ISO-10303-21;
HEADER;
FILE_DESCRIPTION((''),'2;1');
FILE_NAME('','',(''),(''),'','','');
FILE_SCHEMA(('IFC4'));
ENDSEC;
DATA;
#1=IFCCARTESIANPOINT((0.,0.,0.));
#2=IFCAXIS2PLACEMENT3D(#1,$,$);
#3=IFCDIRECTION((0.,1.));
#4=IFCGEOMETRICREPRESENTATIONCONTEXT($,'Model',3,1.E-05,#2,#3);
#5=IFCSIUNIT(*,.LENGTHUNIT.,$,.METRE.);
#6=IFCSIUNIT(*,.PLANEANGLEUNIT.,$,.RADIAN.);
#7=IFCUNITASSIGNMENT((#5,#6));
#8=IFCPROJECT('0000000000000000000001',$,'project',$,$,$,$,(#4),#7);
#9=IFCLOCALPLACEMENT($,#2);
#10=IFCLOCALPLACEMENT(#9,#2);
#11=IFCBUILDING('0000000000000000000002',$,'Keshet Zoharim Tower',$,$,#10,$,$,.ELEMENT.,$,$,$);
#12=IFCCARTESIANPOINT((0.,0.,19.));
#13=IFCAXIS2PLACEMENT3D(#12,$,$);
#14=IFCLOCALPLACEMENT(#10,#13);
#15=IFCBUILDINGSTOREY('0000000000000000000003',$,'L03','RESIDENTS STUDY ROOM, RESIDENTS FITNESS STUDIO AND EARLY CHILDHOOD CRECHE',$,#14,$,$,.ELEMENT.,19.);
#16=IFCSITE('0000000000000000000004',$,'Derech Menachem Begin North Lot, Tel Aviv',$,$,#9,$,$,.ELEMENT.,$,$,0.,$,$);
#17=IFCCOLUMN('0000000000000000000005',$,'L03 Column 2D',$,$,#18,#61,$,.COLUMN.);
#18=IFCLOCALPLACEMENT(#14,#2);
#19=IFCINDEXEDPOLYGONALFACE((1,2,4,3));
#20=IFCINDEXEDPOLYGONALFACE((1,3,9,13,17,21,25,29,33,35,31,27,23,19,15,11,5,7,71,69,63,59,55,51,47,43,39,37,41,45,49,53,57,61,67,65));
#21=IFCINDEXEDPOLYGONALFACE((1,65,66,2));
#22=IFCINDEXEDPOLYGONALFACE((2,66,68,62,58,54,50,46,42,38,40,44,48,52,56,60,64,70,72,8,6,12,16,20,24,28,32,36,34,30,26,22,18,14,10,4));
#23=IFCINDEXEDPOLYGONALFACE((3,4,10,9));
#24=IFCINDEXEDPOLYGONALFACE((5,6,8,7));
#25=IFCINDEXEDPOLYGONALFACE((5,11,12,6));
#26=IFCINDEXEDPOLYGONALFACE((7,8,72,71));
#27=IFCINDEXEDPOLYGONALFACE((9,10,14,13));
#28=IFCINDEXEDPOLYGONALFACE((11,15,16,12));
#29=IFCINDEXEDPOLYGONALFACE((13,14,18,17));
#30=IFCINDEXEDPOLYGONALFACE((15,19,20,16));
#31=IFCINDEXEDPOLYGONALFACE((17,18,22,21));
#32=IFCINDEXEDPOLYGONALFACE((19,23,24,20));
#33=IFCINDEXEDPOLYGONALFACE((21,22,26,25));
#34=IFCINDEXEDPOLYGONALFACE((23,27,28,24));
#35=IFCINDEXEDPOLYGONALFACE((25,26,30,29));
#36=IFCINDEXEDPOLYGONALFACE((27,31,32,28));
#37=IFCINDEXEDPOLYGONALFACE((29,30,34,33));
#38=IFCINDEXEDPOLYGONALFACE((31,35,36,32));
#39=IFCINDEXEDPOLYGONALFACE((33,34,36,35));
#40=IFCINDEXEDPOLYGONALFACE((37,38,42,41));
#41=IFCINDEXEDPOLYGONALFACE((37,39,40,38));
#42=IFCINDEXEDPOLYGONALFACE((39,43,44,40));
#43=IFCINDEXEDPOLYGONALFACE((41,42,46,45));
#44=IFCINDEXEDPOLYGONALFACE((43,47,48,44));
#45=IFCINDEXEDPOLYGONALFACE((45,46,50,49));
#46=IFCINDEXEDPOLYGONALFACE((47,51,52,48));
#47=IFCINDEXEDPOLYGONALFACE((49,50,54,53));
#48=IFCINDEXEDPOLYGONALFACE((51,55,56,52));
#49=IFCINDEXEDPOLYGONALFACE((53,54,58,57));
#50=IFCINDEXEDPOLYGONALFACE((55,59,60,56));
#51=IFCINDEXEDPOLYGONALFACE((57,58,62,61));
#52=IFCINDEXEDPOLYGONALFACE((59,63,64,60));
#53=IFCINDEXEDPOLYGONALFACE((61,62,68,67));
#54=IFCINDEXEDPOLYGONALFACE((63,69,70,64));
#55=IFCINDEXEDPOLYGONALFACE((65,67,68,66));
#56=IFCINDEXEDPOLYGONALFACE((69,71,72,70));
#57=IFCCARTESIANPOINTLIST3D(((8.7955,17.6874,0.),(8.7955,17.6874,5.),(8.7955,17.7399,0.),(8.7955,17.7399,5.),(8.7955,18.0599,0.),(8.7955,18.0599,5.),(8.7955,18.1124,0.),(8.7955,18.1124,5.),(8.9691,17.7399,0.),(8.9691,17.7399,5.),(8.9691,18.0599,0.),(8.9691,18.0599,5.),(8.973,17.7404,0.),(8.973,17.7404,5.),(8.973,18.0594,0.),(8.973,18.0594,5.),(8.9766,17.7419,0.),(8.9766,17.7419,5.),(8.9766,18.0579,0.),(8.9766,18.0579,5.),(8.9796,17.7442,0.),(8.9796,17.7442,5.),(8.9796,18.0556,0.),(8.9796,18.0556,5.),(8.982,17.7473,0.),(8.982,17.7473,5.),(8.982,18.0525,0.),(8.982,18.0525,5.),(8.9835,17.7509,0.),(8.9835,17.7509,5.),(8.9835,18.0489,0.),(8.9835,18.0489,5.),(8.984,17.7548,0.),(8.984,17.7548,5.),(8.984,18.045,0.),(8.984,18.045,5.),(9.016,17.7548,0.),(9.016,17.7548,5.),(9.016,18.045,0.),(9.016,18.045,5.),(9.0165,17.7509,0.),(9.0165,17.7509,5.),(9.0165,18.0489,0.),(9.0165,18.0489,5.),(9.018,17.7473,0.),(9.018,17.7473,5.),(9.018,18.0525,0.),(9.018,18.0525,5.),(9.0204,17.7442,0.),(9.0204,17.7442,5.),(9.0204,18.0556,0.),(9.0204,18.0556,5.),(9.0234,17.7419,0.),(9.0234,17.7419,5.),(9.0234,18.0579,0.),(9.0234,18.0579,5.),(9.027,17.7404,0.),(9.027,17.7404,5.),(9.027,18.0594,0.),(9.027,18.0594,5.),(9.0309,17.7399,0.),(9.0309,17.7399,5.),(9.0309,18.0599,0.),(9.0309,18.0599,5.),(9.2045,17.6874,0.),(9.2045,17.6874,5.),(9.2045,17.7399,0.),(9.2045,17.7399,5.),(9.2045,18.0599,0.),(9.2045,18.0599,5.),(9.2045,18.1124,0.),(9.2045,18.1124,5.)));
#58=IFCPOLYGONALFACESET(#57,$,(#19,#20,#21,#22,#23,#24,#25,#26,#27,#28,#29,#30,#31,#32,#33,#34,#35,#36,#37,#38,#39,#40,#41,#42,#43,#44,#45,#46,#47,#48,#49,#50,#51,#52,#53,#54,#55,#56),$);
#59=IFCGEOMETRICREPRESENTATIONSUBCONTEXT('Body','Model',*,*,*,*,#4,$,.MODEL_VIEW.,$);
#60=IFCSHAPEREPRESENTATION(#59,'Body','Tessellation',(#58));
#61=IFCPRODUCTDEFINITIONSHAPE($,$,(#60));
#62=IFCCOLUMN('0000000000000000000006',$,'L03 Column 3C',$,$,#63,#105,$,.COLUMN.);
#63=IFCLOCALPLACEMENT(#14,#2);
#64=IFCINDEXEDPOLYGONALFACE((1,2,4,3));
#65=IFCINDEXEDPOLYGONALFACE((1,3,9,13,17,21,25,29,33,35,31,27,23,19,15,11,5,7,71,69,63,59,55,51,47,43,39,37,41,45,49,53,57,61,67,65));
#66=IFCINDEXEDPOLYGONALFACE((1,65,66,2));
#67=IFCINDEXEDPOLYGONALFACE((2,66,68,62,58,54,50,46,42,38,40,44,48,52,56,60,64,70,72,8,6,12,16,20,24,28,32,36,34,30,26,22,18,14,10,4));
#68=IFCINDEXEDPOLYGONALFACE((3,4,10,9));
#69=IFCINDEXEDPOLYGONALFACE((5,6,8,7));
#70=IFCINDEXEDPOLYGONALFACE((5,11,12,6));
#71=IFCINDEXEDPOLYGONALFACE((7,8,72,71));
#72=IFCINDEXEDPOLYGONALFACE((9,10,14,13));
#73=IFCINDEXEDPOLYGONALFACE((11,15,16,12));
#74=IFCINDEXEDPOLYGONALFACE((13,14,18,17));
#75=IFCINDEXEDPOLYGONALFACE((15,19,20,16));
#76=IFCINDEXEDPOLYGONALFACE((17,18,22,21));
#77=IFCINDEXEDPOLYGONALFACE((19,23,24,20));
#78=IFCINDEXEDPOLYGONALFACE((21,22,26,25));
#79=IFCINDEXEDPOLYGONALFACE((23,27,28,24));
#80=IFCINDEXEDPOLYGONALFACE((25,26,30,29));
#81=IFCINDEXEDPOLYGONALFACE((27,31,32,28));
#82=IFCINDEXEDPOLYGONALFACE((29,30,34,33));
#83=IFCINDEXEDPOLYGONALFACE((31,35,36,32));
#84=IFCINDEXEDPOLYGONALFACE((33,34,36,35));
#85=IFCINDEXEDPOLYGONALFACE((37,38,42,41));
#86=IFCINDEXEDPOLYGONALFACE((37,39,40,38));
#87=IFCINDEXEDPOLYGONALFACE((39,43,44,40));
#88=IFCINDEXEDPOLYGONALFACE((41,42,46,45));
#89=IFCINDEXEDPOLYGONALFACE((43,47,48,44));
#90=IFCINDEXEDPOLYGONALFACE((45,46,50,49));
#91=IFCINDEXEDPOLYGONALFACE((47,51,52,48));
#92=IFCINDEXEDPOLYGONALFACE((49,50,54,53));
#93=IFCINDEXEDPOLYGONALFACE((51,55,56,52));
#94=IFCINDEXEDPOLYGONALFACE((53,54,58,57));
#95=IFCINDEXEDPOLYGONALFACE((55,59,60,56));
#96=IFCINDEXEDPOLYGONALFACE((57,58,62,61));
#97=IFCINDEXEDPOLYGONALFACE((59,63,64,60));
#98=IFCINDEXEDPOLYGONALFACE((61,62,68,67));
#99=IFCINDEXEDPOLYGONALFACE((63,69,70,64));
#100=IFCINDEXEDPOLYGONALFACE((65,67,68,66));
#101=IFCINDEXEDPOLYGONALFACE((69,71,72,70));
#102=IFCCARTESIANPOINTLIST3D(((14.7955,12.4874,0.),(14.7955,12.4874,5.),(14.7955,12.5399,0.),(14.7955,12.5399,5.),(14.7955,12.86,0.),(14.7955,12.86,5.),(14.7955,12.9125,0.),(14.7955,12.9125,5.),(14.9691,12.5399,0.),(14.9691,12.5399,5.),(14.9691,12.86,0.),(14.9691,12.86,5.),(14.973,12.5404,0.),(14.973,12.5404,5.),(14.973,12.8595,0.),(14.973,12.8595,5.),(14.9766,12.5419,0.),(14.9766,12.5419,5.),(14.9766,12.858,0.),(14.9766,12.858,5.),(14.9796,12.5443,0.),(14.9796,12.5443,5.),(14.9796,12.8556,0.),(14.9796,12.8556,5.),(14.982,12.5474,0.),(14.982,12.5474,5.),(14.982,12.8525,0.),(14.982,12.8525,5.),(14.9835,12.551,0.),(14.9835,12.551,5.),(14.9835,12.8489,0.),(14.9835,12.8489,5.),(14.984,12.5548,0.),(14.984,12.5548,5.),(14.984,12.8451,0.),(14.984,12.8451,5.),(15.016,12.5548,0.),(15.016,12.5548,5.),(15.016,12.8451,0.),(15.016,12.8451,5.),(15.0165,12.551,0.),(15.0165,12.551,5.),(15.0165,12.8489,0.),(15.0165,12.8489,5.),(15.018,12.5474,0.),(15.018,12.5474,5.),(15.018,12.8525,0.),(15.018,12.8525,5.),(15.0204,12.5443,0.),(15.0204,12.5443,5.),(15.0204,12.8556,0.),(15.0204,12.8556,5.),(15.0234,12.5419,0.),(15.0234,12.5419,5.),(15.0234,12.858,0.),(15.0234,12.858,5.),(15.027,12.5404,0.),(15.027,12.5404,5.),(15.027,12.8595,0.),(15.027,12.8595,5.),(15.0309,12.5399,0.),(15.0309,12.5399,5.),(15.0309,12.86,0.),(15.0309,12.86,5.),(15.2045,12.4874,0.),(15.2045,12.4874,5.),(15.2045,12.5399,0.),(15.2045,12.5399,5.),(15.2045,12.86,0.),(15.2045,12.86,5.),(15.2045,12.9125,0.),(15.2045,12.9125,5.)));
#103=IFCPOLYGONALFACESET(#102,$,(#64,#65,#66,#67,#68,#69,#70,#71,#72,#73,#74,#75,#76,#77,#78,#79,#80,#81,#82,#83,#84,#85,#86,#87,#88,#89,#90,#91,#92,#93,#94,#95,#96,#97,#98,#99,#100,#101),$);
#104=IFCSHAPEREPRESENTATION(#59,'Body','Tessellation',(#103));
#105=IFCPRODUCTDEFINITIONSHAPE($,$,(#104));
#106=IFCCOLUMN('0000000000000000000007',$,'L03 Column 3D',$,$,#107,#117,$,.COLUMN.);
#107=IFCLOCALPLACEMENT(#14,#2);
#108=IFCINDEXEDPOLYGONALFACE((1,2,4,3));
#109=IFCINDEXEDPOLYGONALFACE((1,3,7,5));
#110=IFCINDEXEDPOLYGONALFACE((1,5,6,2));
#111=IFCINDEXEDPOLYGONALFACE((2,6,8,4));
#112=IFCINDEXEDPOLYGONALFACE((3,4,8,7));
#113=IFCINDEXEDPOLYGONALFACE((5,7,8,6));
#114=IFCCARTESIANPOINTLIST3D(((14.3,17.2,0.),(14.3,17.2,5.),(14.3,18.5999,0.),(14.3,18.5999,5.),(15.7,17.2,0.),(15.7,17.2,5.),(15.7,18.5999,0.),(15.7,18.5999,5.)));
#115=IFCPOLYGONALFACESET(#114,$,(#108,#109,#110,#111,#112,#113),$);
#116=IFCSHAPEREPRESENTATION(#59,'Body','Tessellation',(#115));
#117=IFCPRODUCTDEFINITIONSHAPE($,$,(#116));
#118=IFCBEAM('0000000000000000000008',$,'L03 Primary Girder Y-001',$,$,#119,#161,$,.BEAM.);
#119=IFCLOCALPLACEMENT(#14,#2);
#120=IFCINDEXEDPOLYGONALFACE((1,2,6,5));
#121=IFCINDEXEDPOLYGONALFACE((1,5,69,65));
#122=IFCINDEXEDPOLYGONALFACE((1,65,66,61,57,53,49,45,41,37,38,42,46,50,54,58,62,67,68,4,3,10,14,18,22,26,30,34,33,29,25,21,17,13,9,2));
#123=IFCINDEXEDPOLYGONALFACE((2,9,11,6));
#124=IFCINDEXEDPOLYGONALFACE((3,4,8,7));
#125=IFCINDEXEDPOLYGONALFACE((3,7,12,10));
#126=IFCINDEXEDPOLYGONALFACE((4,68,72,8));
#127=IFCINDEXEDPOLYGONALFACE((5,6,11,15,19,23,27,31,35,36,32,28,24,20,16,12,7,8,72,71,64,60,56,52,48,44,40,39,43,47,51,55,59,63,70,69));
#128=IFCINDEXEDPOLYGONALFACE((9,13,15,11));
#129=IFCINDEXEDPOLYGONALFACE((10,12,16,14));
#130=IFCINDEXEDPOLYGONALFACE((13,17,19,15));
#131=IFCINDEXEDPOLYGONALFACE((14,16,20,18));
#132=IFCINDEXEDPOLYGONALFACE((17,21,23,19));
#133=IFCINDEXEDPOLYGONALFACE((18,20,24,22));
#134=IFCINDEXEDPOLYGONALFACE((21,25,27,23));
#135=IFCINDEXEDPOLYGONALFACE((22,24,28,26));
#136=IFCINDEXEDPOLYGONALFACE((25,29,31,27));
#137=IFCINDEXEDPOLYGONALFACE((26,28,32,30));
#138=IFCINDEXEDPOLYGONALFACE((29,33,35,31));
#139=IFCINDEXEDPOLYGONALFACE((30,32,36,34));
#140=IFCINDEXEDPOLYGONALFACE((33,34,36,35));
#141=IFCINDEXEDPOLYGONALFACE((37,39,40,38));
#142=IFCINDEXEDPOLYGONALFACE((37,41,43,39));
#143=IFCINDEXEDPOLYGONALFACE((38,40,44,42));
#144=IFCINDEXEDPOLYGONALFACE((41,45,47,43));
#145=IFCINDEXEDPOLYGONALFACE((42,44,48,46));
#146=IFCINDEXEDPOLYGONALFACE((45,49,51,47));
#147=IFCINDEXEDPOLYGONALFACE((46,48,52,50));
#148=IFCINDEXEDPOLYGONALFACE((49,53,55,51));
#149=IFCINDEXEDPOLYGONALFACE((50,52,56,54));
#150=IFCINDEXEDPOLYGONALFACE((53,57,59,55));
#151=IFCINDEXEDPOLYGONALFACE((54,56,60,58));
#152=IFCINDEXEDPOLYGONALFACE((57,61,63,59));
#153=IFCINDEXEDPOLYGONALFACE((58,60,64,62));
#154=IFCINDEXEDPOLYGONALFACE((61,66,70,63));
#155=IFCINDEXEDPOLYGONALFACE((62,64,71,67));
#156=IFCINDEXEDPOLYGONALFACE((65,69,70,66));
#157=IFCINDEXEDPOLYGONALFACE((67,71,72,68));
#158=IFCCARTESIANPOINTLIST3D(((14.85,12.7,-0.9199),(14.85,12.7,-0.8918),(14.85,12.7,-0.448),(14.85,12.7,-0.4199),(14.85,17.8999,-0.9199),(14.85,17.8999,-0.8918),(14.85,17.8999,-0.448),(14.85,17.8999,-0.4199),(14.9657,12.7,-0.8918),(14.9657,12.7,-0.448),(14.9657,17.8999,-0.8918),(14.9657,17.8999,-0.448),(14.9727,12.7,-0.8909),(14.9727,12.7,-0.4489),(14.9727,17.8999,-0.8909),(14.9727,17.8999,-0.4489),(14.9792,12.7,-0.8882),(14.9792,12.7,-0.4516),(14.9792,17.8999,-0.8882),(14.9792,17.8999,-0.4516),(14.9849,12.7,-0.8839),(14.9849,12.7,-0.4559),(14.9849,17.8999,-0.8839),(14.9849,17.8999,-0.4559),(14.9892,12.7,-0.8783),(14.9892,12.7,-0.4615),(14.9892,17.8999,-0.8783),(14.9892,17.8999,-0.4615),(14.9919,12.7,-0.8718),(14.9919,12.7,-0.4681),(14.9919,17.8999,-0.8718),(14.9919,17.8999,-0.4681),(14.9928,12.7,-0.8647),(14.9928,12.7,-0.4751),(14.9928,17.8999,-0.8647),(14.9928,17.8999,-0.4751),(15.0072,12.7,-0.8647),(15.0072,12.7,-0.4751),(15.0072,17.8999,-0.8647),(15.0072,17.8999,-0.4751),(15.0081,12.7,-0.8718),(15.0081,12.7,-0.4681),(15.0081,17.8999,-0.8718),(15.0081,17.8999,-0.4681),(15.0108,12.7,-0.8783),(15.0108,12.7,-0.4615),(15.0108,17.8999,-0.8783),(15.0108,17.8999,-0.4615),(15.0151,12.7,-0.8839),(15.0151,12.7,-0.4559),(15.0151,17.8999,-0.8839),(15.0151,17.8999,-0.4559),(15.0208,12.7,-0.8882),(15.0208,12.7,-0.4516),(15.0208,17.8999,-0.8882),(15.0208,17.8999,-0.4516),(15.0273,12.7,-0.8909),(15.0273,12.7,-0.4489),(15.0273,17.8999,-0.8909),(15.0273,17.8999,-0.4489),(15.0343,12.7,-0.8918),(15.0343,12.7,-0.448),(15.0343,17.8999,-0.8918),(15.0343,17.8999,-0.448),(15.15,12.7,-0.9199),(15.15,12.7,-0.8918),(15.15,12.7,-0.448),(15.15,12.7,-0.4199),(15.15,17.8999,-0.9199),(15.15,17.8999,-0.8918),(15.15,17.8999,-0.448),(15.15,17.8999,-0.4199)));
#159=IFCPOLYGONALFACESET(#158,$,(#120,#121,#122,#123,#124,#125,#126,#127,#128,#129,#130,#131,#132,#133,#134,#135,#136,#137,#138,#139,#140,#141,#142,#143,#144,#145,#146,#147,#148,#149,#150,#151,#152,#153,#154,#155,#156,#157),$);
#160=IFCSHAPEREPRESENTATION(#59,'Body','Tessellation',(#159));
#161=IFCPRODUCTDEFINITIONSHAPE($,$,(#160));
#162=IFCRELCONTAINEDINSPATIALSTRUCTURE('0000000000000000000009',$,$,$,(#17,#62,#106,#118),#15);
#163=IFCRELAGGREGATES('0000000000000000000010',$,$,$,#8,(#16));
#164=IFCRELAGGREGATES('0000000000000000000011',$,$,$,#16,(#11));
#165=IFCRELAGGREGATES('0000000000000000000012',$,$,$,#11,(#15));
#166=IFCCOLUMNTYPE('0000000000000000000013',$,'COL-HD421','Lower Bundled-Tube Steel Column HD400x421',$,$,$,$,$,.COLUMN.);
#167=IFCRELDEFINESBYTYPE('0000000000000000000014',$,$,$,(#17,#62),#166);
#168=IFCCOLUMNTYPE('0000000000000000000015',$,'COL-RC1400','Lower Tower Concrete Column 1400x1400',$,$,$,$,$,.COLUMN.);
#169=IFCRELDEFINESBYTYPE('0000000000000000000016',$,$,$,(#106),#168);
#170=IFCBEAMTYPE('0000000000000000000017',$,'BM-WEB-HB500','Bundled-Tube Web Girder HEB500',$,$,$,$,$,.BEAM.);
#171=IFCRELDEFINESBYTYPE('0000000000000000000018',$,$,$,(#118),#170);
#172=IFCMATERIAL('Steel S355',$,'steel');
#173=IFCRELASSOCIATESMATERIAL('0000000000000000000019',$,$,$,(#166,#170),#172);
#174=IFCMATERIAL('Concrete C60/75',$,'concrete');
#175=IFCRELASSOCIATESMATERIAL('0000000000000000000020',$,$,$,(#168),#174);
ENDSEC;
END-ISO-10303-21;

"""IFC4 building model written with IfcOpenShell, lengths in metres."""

from ifc_helpers import new_model, si_unit, direction, frame, origin, origin_2d, place, context, subcontext, project, spatial, rectangle, i_section, extrude, material, material_profile, profile_set, type_object, element, save


model = new_model("IFC4")

# Units and contexts
model_context = context("Model", 3, precision=1e-05, world=origin(), true_north=direction((0.0, 1.0)))
body_context = subcontext(model_context, "Body", "Model", "MODEL_VIEW")
ifc_project = project(units=[si_unit("LENGTHUNIT", "METRE"), si_unit("PLANEANGLEUNIT", "RADIAN")], contexts=[model_context])

# Site, building, storey
site_placement = place(None, origin())
site = spatial("IfcSite", under=ifc_project, at=site_placement, Name="Derech Menachem Begin North Lot, Tel Aviv", CompositionType="ELEMENT", RefElevation=0.0)
building_placement = place(site_placement, origin())
building = spatial("IfcBuilding", under=site, at=building_placement, Name="Keshet Zoharim Tower", CompositionType="ELEMENT")
storey_placement = place(building_placement, frame((0.0, 0.0, 19.0)))
storey = spatial("IfcBuildingStorey", under=building, at=storey_placement, Name="L03", Description="RESIDENTS STUDY ROOM, RESIDENTS FITNESS STUDIO AND EARLY CHILDHOOD CRECHE", CompositionType="ELEMENT", Elevation=19.0)

# Columns
ifc_material_1 = material(Name="Steel S355", Category="steel")
ifc_material_profile_1 = material_profile(ifc_material_1, i_section(OverallWidth=0.4089, OverallDepth=0.425, WebThickness=0.032, FlangeThickness=0.0525, FilletRadius=0.0149, at=origin_2d()), Name="HD400x421")
ifc_profile_set_1 = profile_set([ifc_material_profile_1], Name="Steel S355")
column_type_1 = type_object("IfcColumnType", Name="COL-HD421", Description="Lower Bundled-Tube Steel Column HD400x421", PredefinedType="COLUMN", material=ifc_profile_set_1)
for number, where, z_axis, x_axis, name in (
    (1, (9.0, 17.8999, 0.0), (0.0, 0.0, 1.0), (1.0, 0.0, 0.0), "L03 Column 2D"),
    (2, (15.0, 12.7, 0.0), (0.0, 0.0, 1.0), (1.0, 0.0, 0.0), "L03 Column 3C"),
):
    element("IfcColumn", number, at=place(storey_placement, frame(where, z_axis=z_axis, x_axis=x_axis)), inside=storey, type_object=column_type_1, Name=name, PredefinedType="COLUMN", context=body_context, shape_type="SweptSolid", body=[
        extrude(i_section(OverallWidth=0.4089, OverallDepth=0.425, WebThickness=0.032, FlangeThickness=0.0525, FilletRadius=0.0149, at=origin_2d()), origin(), (0.0, 0.0, 1.0), 5.0),
    ])
ifc_material_2 = material(Name="Concrete C60/75", Category="concrete")
ifc_material_profile_2 = material_profile(ifc_material_2, rectangle(XDim=1.3999, YDim=1.3999, at=origin_2d()), Name="RC1400x1400")
ifc_profile_set_2 = profile_set([ifc_material_profile_2], Name="Concrete C60/75")
column_type_2 = type_object("IfcColumnType", Name="COL-RC1400", Description="Lower Tower Concrete Column 1400x1400", PredefinedType="COLUMN", material=ifc_profile_set_2)
column_placement = place(storey_placement, frame((15.0, 17.8999, 0.0), z_axis=(0.0, 0.0, 1.0), x_axis=(1.0, 0.0, 0.0)))
element("IfcColumn", 3, at=column_placement, inside=storey, type_object=column_type_2, Name="L03 Column 3D", PredefinedType="COLUMN", context=body_context, shape_type="SweptSolid", body=[
    extrude(rectangle(XDim=1.3999, YDim=1.3999, at=origin_2d()), origin(), (0.0, 0.0, 1.0), 5.0),
])

# Beam
ifc_material_profile_3 = material_profile(ifc_material_1, i_section(OverallWidth=0.3, OverallDepth=0.5, WebThickness=0.0144, FlangeThickness=0.0281, FilletRadius=0.0271, at=origin_2d()), Name="HEB500")
ifc_profile_set_3 = profile_set([ifc_material_profile_3], Name="Steel S355")
beam_type_1 = type_object("IfcBeamType", Name="BM-WEB-HB500", Description="Bundled-Tube Web Girder HEB500", PredefinedType="BEAM", material=ifc_profile_set_3)
beam_1_placement = place(storey_placement, frame((15.0, 12.7, -0.6699), z_axis=(0.0, 1.0, 0.0), x_axis=(-1.0, 0.0, 0.0)))
element("IfcBeam", 4, at=beam_1_placement, inside=storey, type_object=beam_type_1, Name="L03 Primary Girder Y-001", PredefinedType="BEAM", context=body_context, shape_type="SweptSolid", body=[
    extrude(i_section(OverallWidth=0.3, OverallDepth=0.5, WebThickness=0.0144, FlangeThickness=0.0281, FilletRadius=0.0271, at=origin_2d()), origin(), (0.0, 0.0, 1.0), 5.2),
])

save(model, "model.ifc")
